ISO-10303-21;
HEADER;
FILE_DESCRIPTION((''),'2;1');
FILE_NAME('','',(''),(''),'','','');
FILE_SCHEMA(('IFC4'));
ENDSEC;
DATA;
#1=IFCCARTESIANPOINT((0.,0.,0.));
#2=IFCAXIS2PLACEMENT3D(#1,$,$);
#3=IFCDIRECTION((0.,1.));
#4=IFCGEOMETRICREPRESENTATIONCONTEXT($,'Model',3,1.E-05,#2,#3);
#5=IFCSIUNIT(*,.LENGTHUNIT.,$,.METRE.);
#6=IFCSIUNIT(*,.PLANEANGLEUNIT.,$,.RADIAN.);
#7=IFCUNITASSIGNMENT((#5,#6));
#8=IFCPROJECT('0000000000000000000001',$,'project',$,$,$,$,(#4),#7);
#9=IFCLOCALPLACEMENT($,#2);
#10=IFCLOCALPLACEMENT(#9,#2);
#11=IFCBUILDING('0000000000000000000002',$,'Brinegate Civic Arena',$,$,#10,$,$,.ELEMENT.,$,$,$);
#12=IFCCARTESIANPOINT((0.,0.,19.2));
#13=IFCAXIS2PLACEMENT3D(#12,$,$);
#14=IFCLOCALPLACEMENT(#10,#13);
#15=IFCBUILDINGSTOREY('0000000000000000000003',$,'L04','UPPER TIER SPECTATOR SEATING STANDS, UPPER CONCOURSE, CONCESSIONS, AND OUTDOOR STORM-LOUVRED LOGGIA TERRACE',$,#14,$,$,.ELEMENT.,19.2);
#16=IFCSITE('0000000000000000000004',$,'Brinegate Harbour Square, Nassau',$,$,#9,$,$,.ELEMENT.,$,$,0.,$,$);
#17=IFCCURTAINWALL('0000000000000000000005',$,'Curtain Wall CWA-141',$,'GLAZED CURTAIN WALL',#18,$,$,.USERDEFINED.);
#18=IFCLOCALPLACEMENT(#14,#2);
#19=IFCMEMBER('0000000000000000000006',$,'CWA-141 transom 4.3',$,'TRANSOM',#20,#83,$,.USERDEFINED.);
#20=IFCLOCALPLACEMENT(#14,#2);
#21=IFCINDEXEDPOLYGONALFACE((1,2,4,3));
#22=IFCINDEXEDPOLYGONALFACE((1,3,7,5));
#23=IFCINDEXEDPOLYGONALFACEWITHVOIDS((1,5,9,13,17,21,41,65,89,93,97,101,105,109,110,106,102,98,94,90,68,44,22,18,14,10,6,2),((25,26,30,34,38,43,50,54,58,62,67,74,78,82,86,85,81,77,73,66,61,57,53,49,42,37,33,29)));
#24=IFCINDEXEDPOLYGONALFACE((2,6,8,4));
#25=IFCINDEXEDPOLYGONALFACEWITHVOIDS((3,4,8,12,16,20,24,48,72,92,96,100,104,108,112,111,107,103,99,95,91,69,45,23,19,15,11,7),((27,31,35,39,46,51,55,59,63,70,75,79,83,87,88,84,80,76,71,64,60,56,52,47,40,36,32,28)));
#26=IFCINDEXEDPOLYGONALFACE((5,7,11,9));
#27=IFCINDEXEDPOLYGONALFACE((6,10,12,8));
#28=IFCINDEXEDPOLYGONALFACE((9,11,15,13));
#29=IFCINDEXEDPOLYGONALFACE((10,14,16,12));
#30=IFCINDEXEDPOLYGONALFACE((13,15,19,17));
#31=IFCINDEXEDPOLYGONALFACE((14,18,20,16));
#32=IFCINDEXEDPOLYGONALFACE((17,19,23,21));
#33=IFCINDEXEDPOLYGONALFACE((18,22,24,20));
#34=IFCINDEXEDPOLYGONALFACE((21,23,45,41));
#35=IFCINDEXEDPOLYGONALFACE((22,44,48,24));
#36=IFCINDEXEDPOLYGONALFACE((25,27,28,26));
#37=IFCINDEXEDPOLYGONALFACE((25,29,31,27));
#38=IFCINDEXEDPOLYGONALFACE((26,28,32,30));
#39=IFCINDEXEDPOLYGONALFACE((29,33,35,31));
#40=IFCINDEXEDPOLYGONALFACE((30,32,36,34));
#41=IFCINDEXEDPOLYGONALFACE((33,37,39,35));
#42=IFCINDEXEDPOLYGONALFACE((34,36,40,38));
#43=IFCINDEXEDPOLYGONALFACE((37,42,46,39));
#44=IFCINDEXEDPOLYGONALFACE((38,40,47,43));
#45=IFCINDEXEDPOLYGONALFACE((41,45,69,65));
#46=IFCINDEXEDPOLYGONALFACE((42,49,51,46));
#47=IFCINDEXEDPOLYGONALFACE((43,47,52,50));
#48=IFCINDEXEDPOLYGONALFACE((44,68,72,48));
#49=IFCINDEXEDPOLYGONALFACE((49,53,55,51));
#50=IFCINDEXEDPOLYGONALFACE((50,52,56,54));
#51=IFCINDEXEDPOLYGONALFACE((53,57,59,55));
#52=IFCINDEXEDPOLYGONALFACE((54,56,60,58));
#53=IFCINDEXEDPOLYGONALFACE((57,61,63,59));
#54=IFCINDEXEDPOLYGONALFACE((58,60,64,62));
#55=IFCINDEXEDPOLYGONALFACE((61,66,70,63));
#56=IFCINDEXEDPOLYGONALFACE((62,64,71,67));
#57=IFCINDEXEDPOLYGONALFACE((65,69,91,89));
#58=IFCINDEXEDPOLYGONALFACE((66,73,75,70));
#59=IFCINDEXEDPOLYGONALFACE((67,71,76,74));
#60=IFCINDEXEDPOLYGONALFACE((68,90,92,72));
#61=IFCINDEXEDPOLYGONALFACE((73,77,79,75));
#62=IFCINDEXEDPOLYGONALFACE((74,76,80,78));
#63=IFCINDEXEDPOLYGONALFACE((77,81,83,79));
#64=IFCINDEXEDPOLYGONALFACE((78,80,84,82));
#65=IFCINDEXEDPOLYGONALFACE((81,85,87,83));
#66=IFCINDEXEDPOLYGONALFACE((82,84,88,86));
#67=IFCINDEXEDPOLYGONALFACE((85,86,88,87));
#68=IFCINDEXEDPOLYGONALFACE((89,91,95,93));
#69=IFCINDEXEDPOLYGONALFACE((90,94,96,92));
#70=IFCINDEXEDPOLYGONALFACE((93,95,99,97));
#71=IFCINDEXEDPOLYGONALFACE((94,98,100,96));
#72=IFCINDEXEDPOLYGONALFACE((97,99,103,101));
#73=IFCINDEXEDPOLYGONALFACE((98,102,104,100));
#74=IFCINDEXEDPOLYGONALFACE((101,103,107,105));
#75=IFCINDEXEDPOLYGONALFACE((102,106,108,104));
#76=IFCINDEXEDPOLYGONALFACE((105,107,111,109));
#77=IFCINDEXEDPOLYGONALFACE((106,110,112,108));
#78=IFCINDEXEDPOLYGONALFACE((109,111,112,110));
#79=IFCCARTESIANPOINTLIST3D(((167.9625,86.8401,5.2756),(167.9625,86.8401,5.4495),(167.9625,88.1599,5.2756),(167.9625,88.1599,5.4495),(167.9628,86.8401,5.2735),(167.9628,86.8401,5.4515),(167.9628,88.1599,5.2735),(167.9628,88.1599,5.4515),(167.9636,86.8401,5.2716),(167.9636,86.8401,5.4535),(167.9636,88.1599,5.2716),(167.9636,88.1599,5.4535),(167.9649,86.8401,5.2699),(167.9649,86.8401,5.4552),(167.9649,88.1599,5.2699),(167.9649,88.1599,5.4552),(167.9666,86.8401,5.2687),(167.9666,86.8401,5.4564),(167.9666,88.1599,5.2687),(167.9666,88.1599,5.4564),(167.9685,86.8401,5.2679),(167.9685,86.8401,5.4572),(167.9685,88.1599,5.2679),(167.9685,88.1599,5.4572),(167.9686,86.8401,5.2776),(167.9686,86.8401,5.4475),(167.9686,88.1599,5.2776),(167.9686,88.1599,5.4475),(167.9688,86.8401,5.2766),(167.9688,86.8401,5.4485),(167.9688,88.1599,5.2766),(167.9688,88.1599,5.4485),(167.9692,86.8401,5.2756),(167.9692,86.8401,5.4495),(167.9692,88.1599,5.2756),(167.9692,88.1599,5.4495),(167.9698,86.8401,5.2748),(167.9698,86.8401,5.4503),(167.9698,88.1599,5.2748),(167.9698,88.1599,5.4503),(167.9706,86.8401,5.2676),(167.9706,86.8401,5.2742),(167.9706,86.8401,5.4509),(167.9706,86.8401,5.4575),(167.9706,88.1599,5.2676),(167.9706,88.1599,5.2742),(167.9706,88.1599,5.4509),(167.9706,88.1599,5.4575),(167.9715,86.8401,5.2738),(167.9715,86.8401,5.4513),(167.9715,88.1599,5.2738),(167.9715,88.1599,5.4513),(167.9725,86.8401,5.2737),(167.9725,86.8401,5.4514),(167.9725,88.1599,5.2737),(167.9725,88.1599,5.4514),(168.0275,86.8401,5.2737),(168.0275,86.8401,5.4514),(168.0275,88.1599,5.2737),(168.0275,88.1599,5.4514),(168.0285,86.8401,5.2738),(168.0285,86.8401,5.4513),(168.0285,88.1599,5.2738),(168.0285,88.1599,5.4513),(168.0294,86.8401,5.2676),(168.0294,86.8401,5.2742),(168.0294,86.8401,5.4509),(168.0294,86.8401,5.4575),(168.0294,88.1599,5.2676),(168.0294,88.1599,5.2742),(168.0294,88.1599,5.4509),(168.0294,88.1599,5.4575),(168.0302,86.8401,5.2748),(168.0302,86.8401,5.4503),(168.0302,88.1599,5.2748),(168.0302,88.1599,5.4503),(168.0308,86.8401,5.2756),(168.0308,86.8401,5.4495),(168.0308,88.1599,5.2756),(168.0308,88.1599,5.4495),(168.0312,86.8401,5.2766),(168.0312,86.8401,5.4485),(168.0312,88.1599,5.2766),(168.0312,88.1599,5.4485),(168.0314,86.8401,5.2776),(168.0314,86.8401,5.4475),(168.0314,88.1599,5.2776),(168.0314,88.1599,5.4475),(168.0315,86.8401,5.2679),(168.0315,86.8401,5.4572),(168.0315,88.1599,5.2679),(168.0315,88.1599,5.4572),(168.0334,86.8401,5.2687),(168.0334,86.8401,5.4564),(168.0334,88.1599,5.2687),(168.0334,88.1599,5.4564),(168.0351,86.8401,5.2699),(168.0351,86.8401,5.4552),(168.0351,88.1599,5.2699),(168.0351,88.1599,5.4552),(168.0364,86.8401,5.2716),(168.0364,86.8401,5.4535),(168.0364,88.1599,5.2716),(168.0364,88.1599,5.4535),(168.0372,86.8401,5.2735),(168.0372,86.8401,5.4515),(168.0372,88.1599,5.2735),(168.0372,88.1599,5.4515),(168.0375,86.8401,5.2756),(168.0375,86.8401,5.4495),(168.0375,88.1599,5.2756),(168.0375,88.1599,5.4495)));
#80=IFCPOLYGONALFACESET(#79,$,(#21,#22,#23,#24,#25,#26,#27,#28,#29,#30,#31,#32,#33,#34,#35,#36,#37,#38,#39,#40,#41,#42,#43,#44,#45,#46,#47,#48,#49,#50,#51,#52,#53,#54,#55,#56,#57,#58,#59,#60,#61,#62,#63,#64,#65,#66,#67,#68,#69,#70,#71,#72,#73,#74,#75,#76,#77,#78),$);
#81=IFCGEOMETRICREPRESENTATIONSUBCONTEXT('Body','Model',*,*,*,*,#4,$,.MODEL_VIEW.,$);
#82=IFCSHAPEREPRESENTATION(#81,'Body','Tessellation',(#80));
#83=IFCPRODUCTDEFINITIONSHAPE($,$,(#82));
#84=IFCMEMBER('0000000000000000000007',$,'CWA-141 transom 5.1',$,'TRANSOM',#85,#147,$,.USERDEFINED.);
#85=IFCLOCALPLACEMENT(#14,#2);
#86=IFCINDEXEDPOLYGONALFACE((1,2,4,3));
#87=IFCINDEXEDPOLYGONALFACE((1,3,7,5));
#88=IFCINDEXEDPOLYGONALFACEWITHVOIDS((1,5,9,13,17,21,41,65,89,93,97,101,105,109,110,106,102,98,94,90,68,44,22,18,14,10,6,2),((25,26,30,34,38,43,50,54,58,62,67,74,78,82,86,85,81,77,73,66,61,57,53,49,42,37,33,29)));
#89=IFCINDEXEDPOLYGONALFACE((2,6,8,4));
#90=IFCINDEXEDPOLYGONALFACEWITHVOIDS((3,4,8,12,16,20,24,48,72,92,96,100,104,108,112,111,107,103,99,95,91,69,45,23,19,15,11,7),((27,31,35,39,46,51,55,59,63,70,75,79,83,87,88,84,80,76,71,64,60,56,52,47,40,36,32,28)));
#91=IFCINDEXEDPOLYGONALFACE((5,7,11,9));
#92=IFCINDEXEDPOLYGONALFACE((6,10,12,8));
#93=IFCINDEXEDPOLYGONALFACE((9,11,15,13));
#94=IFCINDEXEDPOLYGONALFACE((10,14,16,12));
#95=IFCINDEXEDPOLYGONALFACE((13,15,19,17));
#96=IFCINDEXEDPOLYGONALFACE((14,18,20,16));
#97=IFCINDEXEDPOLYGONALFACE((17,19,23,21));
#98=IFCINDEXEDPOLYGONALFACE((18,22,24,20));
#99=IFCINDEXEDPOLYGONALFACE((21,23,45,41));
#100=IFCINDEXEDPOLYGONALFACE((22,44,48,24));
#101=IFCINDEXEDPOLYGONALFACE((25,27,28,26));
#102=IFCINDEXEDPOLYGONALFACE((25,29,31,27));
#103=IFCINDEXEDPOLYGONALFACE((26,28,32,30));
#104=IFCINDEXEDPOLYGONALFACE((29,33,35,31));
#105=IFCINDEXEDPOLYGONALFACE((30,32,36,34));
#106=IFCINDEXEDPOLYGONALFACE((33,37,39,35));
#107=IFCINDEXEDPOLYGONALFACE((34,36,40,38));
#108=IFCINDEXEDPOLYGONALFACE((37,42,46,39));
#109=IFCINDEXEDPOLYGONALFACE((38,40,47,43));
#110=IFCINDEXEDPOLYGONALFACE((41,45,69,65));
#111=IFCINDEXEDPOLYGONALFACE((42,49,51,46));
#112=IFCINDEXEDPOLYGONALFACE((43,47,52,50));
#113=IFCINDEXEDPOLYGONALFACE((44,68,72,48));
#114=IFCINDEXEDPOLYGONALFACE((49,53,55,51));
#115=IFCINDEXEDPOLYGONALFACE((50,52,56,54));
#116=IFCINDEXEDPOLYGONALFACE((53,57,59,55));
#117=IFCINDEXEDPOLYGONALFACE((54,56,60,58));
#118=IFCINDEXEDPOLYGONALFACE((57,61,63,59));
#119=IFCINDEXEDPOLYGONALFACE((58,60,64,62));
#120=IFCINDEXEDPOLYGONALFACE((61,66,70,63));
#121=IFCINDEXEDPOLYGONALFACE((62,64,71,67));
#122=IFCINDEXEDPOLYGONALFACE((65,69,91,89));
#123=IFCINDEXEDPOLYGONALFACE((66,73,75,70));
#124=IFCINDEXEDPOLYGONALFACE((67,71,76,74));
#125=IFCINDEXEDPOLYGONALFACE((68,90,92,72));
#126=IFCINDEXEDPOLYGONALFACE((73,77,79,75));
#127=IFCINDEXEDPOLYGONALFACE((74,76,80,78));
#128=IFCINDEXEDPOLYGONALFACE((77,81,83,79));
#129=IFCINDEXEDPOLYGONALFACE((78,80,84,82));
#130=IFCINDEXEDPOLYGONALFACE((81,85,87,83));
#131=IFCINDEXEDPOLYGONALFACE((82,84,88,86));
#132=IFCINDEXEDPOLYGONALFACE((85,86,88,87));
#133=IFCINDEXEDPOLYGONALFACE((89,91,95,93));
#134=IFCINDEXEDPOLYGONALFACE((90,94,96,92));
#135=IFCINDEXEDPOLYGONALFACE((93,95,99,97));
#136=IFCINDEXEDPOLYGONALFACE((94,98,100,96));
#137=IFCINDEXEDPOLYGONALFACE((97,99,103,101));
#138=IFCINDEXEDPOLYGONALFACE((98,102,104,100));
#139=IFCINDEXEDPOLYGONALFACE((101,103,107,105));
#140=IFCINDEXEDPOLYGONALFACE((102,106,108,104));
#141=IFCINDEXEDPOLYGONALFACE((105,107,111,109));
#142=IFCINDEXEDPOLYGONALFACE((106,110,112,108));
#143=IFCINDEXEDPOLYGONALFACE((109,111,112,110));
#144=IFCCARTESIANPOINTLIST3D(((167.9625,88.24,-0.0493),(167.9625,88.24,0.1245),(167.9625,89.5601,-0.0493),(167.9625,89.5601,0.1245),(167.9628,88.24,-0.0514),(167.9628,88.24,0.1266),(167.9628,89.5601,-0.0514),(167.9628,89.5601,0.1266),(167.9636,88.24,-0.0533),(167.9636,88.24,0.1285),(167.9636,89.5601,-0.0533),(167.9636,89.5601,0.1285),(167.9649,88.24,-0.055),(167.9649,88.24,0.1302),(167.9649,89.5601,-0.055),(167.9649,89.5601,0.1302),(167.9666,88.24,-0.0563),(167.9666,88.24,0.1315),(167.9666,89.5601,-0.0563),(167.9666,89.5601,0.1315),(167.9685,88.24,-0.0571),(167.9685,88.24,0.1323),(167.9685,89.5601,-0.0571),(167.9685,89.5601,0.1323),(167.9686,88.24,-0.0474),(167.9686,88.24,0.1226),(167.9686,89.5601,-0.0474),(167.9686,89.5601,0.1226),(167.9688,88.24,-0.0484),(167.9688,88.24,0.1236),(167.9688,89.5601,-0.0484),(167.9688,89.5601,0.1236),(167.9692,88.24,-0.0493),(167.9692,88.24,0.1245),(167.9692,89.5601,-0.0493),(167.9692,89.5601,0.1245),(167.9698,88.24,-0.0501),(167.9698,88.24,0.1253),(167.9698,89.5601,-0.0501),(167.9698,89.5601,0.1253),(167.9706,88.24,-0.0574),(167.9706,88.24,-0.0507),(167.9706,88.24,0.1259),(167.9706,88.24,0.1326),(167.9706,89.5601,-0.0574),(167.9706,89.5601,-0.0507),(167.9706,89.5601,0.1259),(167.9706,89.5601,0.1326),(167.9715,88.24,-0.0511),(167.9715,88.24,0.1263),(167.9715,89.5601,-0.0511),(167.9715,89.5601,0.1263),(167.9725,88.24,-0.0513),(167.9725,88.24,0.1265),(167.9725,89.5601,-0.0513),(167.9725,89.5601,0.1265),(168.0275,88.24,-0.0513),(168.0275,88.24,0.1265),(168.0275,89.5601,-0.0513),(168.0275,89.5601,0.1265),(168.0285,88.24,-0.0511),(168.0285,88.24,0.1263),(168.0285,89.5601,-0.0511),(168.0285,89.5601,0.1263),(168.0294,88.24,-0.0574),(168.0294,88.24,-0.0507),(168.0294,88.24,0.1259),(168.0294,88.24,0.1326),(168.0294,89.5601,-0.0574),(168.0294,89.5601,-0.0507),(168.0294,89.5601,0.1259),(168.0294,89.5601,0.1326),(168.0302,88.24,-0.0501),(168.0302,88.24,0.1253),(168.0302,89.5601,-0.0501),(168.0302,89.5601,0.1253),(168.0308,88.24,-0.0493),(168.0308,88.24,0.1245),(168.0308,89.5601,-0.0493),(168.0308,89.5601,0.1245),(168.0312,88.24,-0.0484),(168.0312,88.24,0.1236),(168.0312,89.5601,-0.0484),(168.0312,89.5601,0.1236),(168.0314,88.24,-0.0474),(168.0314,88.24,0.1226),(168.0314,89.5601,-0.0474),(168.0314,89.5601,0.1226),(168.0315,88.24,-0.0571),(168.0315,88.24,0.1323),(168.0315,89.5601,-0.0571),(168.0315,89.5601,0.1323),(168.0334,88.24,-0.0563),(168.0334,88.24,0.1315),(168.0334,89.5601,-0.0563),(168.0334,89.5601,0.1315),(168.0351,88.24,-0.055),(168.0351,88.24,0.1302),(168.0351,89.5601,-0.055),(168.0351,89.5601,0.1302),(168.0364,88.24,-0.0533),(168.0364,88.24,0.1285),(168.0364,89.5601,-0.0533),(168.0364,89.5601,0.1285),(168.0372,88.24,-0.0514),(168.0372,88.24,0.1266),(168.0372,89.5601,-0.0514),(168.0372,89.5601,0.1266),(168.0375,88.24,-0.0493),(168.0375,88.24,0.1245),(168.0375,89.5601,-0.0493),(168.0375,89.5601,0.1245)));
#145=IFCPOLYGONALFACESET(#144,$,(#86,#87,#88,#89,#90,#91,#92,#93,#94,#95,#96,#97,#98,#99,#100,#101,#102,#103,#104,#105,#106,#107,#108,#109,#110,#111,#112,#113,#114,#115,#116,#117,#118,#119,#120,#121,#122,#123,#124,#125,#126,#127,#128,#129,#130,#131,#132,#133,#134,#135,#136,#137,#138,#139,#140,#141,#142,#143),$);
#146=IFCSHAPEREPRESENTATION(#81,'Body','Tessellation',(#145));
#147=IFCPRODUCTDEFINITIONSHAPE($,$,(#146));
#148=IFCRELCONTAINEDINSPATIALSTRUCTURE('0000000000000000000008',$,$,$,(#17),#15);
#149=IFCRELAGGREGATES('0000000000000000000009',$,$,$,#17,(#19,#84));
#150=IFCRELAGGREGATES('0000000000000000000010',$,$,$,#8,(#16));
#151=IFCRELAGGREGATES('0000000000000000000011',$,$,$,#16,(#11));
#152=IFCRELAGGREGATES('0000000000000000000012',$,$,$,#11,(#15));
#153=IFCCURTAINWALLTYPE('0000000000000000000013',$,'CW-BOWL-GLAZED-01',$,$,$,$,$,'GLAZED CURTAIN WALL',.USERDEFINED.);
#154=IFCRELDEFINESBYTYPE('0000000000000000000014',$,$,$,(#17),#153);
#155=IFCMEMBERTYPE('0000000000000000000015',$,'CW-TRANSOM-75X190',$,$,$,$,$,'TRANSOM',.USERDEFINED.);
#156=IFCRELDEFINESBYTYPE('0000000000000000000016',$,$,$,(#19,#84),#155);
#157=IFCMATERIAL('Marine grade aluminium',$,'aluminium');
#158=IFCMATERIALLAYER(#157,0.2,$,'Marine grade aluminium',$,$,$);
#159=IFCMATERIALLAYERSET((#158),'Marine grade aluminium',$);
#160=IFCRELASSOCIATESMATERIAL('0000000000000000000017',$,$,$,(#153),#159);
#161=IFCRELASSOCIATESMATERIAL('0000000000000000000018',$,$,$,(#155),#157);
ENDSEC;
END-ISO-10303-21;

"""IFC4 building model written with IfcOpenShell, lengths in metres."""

from ifc_helpers import new_model, si_unit, direction, frame, origin, origin_2d, place, context, subcontext, project, spatial, hollow_rectangle, extrude, material, layer, layer_set, material_profile, profile_set, type_object, element, aggregate, save


model = new_model("IFC4")

# Units and contexts
model_context = context("Model", 3, precision=1e-05, world=origin(), true_north=direction((0.0, 1.0)))
body_context = subcontext(model_context, "Body", "Model", "MODEL_VIEW")
ifc_project = project(units=[si_unit("LENGTHUNIT", "METRE"), si_unit("PLANEANGLEUNIT", "RADIAN")], contexts=[model_context])

# Site, building, storey
site_placement = place(None, origin())
site = spatial("IfcSite", under=ifc_project, at=site_placement, Name="Brinegate Harbour Square, Nassau", CompositionType="ELEMENT", RefElevation=0.0)
building_placement = place(site_placement, origin())
building = spatial("IfcBuilding", under=site, at=building_placement, Name="Brinegate Civic Arena", CompositionType="ELEMENT")
storey_placement = place(building_placement, frame((0.0, 0.0, 19.2)))
storey = spatial("IfcBuildingStorey", under=building, at=storey_placement, Name="L04", Description="UPPER TIER SPECTATOR SEATING STANDS, UPPER CONCOURSE, CONCESSIONS, AND OUTDOOR STORM-LOUVRED LOGGIA TERRACE", CompositionType="ELEMENT", Elevation=19.2)

# Curtain wall, members
ifc_material_1 = material(Name="Marine grade aluminium", Category="aluminium")
ifc_layer_1 = layer(ifc_material_1, 0.2, Name="Marine grade aluminium")
ifc_layer_set_1 = layer_set([ifc_layer_1], Name="Marine grade aluminium")
curtain_wall_type = type_object("IfcCurtainWallType", Name="CW-BOWL-GLAZED-01", ElementType="GLAZED CURTAIN WALL", PredefinedType="USERDEFINED", material=ifc_layer_set_1)
curtain_wall_placement = place(storey_placement, origin())
curtain_wall = element("IfcCurtainWall", 1, at=curtain_wall_placement, inside=storey, type_object=curtain_wall_type, Name="Curtain Wall CWA-141", ObjectType="GLAZED CURTAIN WALL", PredefinedType="USERDEFINED")
ifc_material_profile_1 = material_profile(ifc_material_1, hollow_rectangle(XDim=0.075, YDim=0.1899, WallThickness=0.0061, InnerFilletRadius=0.0039, OuterFilletRadius=0.0081, at=origin_2d()), Name="TRN75X190")
ifc_profile_set_1 = profile_set([ifc_material_profile_1], Name="Marine grade aluminium")
member_type_1 = type_object("IfcMemberType", Name="CW-TRANSOM-75X190", ElementType="TRANSOM", PredefinedType="USERDEFINED", material=ifc_profile_set_1)
member_1_placement = place(storey_placement, frame((168.0, 86.8401, 5.3625), z_axis=(0.0, 1.0, 0.0), x_axis=(-1.0, 0.0, 0.0)))
member_1 = element("IfcMember", 2, at=member_1_placement, type_object=member_type_1, Name="CWA-141 transom 4.3", ObjectType="TRANSOM", PredefinedType="USERDEFINED", context=body_context, shape_type="SweptSolid", body=[
    extrude(hollow_rectangle(XDim=0.075, YDim=0.1899, WallThickness=0.0061, InnerFilletRadius=0.0039, OuterFilletRadius=0.0081, at=origin_2d()), origin(), (0.0, 0.0, 1.0), 1.3198),
])
member_2_placement = place(storey_placement, frame((168.0, 88.24, 0.0376), z_axis=(0.0, 1.0, 0.0), x_axis=(-1.0, 0.0, 0.0)))
member_2 = element("IfcMember", 3, at=member_2_placement, type_object=member_type_1, Name="CWA-141 transom 5.1", ObjectType="TRANSOM", PredefinedType="USERDEFINED", context=body_context, shape_type="SweptSolid", body=[
    extrude(hollow_rectangle(XDim=0.075, YDim=0.1899, WallThickness=0.0061, InnerFilletRadius=0.0039, OuterFilletRadius=0.0081, at=origin_2d()), origin(), (0.0, 0.0, 1.0), 1.3201),
])

aggregate(curtain_wall, [member_1, member_2])

save(model, "model.ifc")
